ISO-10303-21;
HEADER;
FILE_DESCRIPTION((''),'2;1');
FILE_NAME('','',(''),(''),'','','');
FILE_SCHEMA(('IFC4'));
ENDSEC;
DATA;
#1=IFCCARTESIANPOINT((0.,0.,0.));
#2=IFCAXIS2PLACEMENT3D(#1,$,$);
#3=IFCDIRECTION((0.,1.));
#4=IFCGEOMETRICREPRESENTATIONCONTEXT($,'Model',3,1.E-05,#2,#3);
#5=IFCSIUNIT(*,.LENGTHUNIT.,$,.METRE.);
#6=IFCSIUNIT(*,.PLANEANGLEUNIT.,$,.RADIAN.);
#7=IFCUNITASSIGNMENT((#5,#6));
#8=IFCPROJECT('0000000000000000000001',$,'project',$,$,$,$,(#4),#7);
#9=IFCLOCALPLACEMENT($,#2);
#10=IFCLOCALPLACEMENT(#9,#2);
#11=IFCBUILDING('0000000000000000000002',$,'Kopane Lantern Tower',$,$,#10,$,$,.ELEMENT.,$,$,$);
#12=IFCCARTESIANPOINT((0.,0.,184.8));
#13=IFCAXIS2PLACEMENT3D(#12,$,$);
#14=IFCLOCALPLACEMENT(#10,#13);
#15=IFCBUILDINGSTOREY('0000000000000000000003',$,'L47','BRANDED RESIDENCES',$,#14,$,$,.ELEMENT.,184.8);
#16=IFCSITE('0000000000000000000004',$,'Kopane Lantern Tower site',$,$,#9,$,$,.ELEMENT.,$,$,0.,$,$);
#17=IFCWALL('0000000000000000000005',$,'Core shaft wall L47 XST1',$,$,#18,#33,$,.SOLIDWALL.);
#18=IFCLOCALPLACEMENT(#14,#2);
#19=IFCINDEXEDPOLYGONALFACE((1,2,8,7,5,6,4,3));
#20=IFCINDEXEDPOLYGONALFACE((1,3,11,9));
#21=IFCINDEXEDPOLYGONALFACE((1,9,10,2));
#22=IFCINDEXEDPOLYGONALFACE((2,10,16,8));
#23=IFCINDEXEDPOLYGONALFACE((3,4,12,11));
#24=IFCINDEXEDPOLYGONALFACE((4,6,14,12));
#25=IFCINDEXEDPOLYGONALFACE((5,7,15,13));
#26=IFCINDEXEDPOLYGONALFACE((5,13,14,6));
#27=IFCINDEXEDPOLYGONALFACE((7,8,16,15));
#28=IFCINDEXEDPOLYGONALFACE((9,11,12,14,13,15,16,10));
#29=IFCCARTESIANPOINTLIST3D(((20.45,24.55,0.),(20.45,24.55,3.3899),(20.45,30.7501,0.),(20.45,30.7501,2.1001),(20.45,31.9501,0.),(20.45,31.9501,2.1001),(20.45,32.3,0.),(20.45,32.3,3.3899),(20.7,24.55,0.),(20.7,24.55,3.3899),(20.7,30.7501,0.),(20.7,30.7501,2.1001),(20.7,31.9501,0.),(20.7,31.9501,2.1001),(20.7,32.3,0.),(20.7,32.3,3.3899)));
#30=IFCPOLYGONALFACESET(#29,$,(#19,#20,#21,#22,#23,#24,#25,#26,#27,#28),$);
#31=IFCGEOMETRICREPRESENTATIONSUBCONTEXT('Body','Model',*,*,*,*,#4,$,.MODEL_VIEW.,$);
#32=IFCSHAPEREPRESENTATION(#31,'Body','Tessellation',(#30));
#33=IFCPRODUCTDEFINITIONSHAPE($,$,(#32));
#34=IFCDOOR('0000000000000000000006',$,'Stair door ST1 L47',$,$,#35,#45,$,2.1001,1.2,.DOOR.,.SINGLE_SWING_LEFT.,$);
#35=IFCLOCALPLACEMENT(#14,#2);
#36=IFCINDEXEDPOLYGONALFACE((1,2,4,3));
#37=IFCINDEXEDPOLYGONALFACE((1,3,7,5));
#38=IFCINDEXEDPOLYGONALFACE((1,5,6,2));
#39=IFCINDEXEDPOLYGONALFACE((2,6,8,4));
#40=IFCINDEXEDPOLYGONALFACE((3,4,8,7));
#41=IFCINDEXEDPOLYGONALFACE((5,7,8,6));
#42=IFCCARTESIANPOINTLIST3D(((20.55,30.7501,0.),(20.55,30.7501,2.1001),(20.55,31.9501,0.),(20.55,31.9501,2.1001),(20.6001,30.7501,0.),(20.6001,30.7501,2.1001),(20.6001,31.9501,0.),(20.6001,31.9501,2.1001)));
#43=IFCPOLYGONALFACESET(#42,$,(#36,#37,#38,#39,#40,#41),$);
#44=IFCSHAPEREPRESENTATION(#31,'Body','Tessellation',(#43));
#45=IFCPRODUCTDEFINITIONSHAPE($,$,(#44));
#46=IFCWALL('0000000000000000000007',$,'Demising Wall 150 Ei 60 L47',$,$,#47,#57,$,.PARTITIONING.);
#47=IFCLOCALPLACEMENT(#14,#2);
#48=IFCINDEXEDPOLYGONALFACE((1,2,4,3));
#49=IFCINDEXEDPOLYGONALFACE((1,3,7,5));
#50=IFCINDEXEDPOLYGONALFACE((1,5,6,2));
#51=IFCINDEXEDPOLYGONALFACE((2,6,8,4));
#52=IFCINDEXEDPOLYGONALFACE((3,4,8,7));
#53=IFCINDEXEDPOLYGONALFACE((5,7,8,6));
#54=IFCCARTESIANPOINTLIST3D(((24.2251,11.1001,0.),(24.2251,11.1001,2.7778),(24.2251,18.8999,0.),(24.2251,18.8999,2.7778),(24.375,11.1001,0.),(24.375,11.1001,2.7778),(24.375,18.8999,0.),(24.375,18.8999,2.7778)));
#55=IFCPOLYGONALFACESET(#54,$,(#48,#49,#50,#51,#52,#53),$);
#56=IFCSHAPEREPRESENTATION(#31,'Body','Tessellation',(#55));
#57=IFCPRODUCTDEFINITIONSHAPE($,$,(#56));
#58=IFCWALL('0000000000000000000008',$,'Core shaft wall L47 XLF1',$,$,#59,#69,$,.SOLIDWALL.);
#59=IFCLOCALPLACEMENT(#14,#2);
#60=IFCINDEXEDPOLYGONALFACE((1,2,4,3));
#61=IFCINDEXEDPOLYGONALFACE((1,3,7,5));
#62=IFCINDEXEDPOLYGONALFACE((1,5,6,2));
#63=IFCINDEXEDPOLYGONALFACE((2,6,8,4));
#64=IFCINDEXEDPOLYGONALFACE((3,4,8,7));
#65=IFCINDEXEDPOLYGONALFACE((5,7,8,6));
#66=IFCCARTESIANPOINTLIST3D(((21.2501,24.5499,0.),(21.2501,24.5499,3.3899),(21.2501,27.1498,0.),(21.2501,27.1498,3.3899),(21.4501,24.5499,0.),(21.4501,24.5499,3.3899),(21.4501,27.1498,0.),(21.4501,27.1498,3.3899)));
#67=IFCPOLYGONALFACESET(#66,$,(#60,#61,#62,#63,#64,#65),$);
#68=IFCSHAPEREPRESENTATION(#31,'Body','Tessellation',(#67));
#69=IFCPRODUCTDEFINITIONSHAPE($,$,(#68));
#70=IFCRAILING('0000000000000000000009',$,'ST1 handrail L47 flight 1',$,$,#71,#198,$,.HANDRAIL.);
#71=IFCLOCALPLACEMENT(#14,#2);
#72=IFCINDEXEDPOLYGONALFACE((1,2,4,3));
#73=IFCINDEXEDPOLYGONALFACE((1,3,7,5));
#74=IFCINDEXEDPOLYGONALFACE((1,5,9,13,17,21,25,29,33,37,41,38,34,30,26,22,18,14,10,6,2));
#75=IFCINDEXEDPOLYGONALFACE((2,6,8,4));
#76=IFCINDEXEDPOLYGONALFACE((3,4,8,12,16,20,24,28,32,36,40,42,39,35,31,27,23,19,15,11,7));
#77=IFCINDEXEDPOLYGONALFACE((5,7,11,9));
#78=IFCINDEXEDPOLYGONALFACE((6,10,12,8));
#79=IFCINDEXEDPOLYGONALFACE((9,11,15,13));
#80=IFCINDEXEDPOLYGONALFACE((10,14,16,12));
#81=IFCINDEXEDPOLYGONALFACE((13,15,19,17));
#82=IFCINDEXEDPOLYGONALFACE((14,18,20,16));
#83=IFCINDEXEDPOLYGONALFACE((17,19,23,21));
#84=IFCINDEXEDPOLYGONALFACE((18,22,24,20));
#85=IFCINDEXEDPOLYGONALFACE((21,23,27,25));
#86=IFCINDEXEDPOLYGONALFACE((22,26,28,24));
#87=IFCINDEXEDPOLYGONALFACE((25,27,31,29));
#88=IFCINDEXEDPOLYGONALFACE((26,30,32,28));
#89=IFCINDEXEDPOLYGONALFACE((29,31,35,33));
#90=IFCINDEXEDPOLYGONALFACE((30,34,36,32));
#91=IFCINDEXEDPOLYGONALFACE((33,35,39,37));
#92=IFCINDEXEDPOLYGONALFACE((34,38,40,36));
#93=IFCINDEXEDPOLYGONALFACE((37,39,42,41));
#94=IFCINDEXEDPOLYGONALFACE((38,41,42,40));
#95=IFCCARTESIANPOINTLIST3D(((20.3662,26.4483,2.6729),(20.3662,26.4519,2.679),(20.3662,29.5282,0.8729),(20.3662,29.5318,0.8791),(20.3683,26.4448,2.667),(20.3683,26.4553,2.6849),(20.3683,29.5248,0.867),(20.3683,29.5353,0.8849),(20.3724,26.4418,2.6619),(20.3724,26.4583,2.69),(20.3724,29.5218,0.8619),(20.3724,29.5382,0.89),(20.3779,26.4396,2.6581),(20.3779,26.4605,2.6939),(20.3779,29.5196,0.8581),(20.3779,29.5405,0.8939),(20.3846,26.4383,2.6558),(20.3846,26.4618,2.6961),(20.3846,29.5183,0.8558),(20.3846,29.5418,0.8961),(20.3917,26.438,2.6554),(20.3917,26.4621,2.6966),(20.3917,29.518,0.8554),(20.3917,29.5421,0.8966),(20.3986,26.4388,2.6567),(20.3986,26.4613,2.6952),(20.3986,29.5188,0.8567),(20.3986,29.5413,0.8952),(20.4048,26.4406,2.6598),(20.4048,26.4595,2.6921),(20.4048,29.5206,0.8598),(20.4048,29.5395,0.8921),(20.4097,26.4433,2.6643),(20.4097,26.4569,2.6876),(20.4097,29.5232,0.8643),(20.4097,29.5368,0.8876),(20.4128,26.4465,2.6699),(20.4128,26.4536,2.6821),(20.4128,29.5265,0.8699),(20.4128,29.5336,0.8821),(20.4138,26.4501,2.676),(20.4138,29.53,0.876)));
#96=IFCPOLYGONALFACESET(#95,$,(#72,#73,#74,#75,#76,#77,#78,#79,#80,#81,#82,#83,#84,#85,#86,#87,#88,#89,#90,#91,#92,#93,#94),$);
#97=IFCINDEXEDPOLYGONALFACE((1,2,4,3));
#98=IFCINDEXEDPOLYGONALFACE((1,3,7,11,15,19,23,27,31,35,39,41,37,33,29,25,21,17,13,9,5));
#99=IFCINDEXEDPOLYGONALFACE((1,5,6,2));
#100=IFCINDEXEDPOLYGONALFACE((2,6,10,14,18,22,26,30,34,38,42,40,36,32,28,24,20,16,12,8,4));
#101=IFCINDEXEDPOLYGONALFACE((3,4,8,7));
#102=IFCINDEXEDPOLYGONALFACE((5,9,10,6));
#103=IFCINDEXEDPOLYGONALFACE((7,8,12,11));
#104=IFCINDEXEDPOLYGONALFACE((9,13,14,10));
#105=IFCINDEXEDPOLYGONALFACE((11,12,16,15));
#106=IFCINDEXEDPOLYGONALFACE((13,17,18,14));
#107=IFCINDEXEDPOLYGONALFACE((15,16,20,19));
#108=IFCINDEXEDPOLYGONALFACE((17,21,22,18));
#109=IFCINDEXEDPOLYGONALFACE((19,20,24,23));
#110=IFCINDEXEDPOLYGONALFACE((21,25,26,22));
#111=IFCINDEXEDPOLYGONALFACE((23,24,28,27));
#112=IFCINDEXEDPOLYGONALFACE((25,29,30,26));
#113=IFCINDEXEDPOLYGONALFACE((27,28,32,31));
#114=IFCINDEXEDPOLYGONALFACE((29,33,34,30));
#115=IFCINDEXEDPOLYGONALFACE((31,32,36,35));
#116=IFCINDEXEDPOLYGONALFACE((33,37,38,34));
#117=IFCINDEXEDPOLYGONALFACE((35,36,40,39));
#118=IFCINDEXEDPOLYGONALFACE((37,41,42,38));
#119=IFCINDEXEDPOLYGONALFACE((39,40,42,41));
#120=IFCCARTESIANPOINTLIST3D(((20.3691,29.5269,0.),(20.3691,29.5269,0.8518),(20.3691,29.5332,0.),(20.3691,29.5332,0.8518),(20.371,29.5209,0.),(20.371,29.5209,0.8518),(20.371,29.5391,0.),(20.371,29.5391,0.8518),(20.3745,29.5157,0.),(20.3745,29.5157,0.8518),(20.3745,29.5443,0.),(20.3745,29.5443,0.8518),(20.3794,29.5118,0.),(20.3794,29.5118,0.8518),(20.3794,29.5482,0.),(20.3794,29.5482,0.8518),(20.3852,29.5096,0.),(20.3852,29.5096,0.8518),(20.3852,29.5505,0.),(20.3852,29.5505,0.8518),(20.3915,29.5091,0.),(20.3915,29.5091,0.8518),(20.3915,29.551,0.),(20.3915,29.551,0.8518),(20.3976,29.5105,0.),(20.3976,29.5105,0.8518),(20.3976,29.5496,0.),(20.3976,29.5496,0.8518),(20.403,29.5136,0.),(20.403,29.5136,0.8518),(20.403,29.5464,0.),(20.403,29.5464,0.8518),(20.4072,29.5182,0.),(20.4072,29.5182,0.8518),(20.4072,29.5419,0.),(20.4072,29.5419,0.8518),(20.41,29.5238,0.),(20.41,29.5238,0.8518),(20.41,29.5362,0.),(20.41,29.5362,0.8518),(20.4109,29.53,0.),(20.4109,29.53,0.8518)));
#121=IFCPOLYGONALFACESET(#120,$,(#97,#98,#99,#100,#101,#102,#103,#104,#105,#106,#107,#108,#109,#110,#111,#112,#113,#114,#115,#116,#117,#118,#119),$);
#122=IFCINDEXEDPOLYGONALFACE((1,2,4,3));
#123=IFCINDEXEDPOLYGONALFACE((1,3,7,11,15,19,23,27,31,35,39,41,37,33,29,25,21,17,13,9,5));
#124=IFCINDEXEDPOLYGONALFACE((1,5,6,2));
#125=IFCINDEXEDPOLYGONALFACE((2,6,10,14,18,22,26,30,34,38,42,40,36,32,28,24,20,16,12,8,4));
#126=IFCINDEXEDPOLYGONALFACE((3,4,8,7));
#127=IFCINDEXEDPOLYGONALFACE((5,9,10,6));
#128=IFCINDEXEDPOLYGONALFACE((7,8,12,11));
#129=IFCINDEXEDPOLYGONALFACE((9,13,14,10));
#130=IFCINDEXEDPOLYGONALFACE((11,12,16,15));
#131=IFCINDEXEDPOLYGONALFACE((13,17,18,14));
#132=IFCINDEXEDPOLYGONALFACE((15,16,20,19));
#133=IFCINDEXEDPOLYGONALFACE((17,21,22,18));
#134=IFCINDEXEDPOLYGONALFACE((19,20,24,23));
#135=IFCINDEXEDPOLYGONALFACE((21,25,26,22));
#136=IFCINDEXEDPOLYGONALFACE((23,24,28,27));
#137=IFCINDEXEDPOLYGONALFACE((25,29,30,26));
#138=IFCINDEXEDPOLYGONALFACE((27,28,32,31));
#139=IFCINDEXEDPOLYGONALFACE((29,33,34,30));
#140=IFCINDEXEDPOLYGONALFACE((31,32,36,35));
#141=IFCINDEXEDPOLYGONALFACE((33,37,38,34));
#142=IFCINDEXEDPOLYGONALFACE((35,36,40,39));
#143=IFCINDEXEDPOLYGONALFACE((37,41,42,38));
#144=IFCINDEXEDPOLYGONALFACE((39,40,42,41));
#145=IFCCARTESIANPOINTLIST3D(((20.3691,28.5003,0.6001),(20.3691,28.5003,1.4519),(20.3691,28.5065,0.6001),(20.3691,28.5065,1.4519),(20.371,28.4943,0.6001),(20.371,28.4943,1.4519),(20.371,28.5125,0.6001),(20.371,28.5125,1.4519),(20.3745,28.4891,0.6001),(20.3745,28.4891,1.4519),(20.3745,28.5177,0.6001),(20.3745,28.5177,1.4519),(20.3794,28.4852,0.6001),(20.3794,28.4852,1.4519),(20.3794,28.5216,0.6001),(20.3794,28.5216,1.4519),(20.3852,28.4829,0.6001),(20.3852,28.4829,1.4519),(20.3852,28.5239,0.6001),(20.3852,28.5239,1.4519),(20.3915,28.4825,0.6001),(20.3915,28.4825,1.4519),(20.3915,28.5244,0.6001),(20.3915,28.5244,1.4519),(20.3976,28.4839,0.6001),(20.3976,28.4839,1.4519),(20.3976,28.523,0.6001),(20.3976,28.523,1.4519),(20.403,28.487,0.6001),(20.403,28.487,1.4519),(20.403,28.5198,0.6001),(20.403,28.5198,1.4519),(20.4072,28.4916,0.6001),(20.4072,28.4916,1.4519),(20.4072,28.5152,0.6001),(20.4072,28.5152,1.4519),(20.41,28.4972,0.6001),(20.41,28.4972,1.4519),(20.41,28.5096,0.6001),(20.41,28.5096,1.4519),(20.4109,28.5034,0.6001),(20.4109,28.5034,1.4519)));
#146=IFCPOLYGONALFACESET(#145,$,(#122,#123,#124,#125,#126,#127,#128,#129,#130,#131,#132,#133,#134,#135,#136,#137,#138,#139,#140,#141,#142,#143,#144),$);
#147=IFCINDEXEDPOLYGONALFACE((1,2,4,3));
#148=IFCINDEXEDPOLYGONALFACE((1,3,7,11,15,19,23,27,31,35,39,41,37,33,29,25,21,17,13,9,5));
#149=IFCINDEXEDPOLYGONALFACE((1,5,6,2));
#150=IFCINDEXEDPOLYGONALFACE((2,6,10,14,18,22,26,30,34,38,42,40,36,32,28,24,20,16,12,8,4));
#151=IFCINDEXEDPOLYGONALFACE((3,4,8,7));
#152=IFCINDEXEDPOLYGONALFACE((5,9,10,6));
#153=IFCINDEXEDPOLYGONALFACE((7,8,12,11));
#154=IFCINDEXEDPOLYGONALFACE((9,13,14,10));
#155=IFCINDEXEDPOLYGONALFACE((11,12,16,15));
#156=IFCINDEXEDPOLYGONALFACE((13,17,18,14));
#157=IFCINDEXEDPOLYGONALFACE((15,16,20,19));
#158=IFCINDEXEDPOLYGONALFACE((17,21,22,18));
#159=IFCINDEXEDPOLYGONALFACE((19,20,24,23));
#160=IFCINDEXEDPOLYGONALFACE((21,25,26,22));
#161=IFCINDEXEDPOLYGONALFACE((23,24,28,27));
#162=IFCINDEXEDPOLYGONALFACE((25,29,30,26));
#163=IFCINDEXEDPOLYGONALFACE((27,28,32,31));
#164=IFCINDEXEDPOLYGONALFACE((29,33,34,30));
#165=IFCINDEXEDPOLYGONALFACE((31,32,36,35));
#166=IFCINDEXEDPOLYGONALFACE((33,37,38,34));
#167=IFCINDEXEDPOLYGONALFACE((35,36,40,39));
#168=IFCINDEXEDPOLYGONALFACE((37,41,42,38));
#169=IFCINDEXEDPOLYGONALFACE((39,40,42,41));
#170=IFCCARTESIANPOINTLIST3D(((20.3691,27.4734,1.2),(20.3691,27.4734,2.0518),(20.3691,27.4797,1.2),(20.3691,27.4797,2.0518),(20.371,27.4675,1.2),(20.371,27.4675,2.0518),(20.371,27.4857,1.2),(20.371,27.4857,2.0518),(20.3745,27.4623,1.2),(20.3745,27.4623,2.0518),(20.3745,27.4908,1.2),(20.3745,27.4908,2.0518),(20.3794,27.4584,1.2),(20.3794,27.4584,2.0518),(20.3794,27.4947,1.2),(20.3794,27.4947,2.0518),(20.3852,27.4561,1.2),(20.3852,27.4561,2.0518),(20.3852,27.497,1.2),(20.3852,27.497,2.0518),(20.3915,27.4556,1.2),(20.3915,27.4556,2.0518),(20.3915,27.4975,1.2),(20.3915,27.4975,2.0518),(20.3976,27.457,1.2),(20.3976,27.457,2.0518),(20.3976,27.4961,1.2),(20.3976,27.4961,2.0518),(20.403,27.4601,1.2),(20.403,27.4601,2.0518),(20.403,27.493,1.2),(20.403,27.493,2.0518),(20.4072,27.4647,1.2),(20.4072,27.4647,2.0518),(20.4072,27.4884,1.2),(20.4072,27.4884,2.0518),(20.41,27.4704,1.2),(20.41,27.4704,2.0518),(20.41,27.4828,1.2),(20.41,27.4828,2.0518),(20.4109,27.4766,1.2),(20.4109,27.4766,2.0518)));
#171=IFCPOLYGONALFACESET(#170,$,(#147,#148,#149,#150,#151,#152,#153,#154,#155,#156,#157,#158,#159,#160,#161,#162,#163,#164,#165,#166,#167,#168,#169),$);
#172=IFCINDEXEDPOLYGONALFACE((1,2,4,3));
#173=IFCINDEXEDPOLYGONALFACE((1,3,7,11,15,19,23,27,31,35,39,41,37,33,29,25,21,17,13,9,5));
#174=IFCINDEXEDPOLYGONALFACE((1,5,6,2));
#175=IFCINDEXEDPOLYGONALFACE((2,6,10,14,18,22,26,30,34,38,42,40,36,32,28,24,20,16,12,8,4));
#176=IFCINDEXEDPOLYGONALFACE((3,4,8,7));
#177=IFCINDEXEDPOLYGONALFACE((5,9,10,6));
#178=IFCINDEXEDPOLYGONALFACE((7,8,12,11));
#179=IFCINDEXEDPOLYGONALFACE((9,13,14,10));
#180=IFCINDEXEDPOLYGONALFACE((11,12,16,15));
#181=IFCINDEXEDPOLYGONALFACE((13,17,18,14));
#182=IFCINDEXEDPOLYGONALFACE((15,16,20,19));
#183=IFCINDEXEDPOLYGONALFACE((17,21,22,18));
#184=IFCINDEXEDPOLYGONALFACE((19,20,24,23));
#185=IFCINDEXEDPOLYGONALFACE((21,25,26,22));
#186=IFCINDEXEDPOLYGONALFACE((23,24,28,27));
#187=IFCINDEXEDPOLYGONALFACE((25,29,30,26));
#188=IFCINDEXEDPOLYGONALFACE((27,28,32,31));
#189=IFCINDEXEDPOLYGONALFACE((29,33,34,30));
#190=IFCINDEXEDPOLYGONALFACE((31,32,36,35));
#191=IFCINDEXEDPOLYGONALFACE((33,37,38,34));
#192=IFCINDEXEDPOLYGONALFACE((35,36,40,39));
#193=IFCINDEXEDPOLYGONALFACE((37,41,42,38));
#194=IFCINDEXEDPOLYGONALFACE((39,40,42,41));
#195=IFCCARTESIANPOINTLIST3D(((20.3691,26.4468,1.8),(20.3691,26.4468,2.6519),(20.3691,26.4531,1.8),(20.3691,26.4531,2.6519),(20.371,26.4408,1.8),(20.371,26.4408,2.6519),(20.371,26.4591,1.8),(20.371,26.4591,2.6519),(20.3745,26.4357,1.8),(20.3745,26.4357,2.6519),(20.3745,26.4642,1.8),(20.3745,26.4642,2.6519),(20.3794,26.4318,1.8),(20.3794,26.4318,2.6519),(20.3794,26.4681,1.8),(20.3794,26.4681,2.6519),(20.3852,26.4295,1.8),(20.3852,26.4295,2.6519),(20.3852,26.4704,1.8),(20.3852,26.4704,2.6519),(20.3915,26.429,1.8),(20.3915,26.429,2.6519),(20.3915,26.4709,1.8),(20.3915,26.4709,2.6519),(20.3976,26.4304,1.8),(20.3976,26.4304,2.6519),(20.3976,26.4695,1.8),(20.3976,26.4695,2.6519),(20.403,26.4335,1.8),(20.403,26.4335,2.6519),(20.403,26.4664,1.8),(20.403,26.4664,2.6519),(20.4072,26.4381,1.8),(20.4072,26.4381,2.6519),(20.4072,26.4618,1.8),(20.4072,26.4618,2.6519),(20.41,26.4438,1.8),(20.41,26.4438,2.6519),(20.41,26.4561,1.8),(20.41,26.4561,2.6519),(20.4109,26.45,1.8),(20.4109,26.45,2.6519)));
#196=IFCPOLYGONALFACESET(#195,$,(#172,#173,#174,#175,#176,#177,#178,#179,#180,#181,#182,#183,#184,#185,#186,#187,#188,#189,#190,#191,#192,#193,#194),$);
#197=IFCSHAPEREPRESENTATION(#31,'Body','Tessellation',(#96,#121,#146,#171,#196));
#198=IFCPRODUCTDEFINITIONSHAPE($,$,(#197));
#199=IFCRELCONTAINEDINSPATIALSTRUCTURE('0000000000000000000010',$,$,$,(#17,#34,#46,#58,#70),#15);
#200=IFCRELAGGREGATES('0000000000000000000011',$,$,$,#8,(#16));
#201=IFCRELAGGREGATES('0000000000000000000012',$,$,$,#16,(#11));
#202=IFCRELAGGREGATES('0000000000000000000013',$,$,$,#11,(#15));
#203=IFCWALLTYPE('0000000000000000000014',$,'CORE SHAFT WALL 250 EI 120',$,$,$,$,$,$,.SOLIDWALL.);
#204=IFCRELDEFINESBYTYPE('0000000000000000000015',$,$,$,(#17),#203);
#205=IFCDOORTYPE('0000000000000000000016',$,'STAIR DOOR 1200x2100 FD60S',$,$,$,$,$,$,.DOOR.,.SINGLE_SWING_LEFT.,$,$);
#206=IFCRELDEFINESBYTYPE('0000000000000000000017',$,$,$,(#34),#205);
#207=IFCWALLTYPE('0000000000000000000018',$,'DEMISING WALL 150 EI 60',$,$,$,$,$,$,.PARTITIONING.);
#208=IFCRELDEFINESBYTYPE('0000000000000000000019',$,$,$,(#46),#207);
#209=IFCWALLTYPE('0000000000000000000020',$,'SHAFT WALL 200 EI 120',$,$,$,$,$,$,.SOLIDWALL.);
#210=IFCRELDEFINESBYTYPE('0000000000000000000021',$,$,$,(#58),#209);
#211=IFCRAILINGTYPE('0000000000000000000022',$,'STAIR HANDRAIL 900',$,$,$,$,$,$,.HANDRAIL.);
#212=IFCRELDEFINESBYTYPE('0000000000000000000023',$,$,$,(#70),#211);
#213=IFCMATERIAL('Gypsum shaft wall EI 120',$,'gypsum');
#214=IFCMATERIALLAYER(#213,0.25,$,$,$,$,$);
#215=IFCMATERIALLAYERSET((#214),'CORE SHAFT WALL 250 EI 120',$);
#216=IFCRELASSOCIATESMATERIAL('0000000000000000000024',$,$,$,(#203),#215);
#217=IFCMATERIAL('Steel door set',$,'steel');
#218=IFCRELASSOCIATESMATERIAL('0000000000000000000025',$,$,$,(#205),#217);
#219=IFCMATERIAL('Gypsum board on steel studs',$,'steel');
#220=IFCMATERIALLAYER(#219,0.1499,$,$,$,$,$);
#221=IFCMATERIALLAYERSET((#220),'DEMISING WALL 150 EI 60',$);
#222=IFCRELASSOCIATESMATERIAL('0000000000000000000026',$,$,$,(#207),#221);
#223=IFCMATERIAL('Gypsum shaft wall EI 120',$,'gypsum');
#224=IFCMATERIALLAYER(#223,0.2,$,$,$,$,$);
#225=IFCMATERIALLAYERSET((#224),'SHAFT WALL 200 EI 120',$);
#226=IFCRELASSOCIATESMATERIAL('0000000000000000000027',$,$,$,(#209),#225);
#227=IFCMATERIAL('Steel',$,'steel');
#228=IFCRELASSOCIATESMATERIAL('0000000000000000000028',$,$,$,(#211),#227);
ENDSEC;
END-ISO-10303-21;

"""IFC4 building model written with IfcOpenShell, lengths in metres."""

from ifc_helpers import new_model, si_unit, direction, frame, frame_2d, origin, origin_2d, place, context, subcontext, project, spatial, rectangle, circle, extrude, material, layer, layer_set, type_object, element, fill, save


model = new_model("IFC4")

# Units and contexts
model_context = context("Model", 3, precision=1e-05, world=origin(), true_north=direction((0.0, 1.0)))
body_context = subcontext(model_context, "Body", "Model", "MODEL_VIEW")
ifc_project = project(units=[si_unit("LENGTHUNIT", "METRE"), si_unit("PLANEANGLEUNIT", "RADIAN")], contexts=[model_context])

# Site, building, storey
site_placement = place(None, origin())
site = spatial("IfcSite", under=ifc_project, at=site_placement, Name="Kopane Lantern Tower site", CompositionType="ELEMENT", RefElevation=0.0)
building_placement = place(site_placement, origin())
building = spatial("IfcBuilding", under=site, at=building_placement, Name="Kopane Lantern Tower", CompositionType="ELEMENT")
storey_placement = place(building_placement, frame((0.0, 0.0, 184.8)))
storey = spatial("IfcBuildingStorey", under=building, at=storey_placement, Name="L47", Description="BRANDED RESIDENCES", CompositionType="ELEMENT", Elevation=184.8)

# Wall, opening, door
ifc_material_1 = material(Name="Gypsum shaft wall EI 120", Category="gypsum")
ifc_layer_1 = layer(ifc_material_1, 0.25)
ifc_layer_set_1 = layer_set([ifc_layer_1], Name="CORE SHAFT WALL 250 EI 120")
wall_type_1 = type_object("IfcWallType", Name="CORE SHAFT WALL 250 EI 120", PredefinedType="SOLIDWALL", material=ifc_layer_set_1)
wall_1_placement = place(storey_placement, frame((20.575, 24.55, 0.0), z_axis=(0.0, 0.0, 1.0), x_axis=(0.0, 1.0, 0.0)))
wall_1 = element("IfcWall", 1, at=wall_1_placement, inside=storey, type_object=wall_type_1, Name="Core shaft wall L47 XST1", PredefinedType="SOLIDWALL", context=body_context, shape_type="SweptSolid", body=[
    extrude(rectangle(XDim=7.75, YDim=0.25, at=frame_2d((3.875, 0.0))), origin(), (0.0, 0.0, 1.0), 3.3899),
])
opening_1_placement = place(wall_1_placement, frame((6.2, 0.0, 0.0)))
opening_1 = element("IfcOpeningElement", 2, at=opening_1_placement, cuts=wall_1, PredefinedType="OPENING", context=body_context, shape_type="SweptSolid", body=[
    extrude(rectangle(XDim=1.2, YDim=2.1001, at=frame_2d((0.6001, 1.05))), frame((0.0, 0.135, 0.0), z_axis=(0.0, -1.0, 0.0), x_axis=(1.0, 0.0, 0.0)), (0.0, 0.0, 1.0), 0.27),
])
ifc_material_2 = material(Name="Steel door set", Category="steel")
door_type_1 = type_object("IfcDoorType", Name="STAIR DOOR 1200x2100 FD60S", OperationType="SINGLE_SWING_LEFT", PredefinedType="DOOR", material=ifc_material_2)
door_1_placement = place(opening_1_placement, origin())
door_1 = element("IfcDoor", 3, at=door_1_placement, inside=storey, type_object=door_type_1, Name="Stair door ST1 L47", OperationType="SINGLE_SWING_LEFT", OverallHeight=2.1001, OverallWidth=1.2, PredefinedType="DOOR", context=body_context, shape_type="SweptSolid", body=[
    extrude(rectangle(XDim=1.2, YDim=2.1001, at=frame_2d((0.6001, 1.05))), frame((0.0, 0.0249, 0.0), z_axis=(0.0, -1.0, 0.0), x_axis=(1.0, 0.0, 0.0)), (0.0, 0.0, 1.0), 0.05),
])
fill(opening_1, door_1)

# Walls
ifc_material_3 = material(Name="Gypsum board on steel studs", Category="steel")
ifc_layer_2 = layer(ifc_material_3, 0.1499)
ifc_layer_set_2 = layer_set([ifc_layer_2], Name="DEMISING WALL 150 EI 60")
wall_type_2 = type_object("IfcWallType", Name="DEMISING WALL 150 EI 60", PredefinedType="PARTITIONING", material=ifc_layer_set_2)
wall_2_placement = place(storey_placement, frame((24.3, 18.8999, 0.0), z_axis=(0.0, 0.0, 1.0), x_axis=(0.0, -1.0, 0.0)))
element("IfcWall", 4, at=wall_2_placement, inside=storey, type_object=wall_type_2, Name="Demising Wall 150 Ei 60 L47", PredefinedType="PARTITIONING", context=body_context, shape_type="SweptSolid", body=[
    extrude(rectangle(XDim=7.7998, YDim=0.1499, at=frame_2d((3.8999, 0.0))), origin(), (0.0, 0.0, 1.0), 2.7778),
])
ifc_material_4 = material(Name="Gypsum shaft wall EI 120", Category="gypsum")
ifc_layer_3 = layer(ifc_material_4, 0.2)
ifc_layer_set_3 = layer_set([ifc_layer_3], Name="SHAFT WALL 200 EI 120")
wall_type_3 = type_object("IfcWallType", Name="SHAFT WALL 200 EI 120", PredefinedType="SOLIDWALL", material=ifc_layer_set_3)
wall_3_placement = place(storey_placement, frame((21.3501, 24.55, 0.0), z_axis=(0.0, 0.0, 1.0), x_axis=(0.0, 1.0, 0.0)))
element("IfcWall", 5, at=wall_3_placement, inside=storey, type_object=wall_type_3, Name="Core shaft wall L47 XLF1", PredefinedType="SOLIDWALL", context=body_context, shape_type="SweptSolid", body=[
    extrude(rectangle(XDim=2.5999, YDim=0.2, at=frame_2d((1.2998, 0.0))), origin(), (0.0, 0.0, 1.0), 3.3899),
])

# Railing
ifc_material_5 = material(Name="Steel", Category="steel")
railing_type_1 = type_object("IfcRailingType", Name="STAIR HANDRAIL 900", PredefinedType="HANDRAIL", material=ifc_material_5)
for number, where, name in (
    (6, (20.3899, 29.53, 0.0), "ST1 handrail L47 flight 1"),
):
    element("IfcRailing", number, at=place(storey_placement, frame(where)), inside=storey, type_object=railing_type_1, Name=name, PredefinedType="HANDRAIL", context=body_context, shape_type="SweptSolid", body=[
        extrude(circle(Radius=0.0239, at=origin_2d()), frame((0.0, 0.0, 0.876), z_axis=(0.0, -0.863372, 0.504569), x_axis=(1.0, 0.0, 0.0)), (0.0, 0.0, 1.0), 3.5674),
        extrude(circle(Radius=0.021, at=origin_2d()), origin(), (0.0, 0.0, 1.0), 0.8518),
        extrude(circle(Radius=0.021, at=origin_2d()), frame((0.0, -1.0266, 0.6001)), (0.0, 0.0, 1.0), 0.8518),
        extrude(circle(Radius=0.021, at=origin_2d()), frame((0.0, -2.0535, 1.2)), (0.0, 0.0, 1.0), 0.8518),
        extrude(circle(Radius=0.021, at=origin_2d()), frame((0.0, -3.0801, 1.8)), (0.0, 0.0, 1.0), 0.8518),
    ])

save(model, "model.ifc")
